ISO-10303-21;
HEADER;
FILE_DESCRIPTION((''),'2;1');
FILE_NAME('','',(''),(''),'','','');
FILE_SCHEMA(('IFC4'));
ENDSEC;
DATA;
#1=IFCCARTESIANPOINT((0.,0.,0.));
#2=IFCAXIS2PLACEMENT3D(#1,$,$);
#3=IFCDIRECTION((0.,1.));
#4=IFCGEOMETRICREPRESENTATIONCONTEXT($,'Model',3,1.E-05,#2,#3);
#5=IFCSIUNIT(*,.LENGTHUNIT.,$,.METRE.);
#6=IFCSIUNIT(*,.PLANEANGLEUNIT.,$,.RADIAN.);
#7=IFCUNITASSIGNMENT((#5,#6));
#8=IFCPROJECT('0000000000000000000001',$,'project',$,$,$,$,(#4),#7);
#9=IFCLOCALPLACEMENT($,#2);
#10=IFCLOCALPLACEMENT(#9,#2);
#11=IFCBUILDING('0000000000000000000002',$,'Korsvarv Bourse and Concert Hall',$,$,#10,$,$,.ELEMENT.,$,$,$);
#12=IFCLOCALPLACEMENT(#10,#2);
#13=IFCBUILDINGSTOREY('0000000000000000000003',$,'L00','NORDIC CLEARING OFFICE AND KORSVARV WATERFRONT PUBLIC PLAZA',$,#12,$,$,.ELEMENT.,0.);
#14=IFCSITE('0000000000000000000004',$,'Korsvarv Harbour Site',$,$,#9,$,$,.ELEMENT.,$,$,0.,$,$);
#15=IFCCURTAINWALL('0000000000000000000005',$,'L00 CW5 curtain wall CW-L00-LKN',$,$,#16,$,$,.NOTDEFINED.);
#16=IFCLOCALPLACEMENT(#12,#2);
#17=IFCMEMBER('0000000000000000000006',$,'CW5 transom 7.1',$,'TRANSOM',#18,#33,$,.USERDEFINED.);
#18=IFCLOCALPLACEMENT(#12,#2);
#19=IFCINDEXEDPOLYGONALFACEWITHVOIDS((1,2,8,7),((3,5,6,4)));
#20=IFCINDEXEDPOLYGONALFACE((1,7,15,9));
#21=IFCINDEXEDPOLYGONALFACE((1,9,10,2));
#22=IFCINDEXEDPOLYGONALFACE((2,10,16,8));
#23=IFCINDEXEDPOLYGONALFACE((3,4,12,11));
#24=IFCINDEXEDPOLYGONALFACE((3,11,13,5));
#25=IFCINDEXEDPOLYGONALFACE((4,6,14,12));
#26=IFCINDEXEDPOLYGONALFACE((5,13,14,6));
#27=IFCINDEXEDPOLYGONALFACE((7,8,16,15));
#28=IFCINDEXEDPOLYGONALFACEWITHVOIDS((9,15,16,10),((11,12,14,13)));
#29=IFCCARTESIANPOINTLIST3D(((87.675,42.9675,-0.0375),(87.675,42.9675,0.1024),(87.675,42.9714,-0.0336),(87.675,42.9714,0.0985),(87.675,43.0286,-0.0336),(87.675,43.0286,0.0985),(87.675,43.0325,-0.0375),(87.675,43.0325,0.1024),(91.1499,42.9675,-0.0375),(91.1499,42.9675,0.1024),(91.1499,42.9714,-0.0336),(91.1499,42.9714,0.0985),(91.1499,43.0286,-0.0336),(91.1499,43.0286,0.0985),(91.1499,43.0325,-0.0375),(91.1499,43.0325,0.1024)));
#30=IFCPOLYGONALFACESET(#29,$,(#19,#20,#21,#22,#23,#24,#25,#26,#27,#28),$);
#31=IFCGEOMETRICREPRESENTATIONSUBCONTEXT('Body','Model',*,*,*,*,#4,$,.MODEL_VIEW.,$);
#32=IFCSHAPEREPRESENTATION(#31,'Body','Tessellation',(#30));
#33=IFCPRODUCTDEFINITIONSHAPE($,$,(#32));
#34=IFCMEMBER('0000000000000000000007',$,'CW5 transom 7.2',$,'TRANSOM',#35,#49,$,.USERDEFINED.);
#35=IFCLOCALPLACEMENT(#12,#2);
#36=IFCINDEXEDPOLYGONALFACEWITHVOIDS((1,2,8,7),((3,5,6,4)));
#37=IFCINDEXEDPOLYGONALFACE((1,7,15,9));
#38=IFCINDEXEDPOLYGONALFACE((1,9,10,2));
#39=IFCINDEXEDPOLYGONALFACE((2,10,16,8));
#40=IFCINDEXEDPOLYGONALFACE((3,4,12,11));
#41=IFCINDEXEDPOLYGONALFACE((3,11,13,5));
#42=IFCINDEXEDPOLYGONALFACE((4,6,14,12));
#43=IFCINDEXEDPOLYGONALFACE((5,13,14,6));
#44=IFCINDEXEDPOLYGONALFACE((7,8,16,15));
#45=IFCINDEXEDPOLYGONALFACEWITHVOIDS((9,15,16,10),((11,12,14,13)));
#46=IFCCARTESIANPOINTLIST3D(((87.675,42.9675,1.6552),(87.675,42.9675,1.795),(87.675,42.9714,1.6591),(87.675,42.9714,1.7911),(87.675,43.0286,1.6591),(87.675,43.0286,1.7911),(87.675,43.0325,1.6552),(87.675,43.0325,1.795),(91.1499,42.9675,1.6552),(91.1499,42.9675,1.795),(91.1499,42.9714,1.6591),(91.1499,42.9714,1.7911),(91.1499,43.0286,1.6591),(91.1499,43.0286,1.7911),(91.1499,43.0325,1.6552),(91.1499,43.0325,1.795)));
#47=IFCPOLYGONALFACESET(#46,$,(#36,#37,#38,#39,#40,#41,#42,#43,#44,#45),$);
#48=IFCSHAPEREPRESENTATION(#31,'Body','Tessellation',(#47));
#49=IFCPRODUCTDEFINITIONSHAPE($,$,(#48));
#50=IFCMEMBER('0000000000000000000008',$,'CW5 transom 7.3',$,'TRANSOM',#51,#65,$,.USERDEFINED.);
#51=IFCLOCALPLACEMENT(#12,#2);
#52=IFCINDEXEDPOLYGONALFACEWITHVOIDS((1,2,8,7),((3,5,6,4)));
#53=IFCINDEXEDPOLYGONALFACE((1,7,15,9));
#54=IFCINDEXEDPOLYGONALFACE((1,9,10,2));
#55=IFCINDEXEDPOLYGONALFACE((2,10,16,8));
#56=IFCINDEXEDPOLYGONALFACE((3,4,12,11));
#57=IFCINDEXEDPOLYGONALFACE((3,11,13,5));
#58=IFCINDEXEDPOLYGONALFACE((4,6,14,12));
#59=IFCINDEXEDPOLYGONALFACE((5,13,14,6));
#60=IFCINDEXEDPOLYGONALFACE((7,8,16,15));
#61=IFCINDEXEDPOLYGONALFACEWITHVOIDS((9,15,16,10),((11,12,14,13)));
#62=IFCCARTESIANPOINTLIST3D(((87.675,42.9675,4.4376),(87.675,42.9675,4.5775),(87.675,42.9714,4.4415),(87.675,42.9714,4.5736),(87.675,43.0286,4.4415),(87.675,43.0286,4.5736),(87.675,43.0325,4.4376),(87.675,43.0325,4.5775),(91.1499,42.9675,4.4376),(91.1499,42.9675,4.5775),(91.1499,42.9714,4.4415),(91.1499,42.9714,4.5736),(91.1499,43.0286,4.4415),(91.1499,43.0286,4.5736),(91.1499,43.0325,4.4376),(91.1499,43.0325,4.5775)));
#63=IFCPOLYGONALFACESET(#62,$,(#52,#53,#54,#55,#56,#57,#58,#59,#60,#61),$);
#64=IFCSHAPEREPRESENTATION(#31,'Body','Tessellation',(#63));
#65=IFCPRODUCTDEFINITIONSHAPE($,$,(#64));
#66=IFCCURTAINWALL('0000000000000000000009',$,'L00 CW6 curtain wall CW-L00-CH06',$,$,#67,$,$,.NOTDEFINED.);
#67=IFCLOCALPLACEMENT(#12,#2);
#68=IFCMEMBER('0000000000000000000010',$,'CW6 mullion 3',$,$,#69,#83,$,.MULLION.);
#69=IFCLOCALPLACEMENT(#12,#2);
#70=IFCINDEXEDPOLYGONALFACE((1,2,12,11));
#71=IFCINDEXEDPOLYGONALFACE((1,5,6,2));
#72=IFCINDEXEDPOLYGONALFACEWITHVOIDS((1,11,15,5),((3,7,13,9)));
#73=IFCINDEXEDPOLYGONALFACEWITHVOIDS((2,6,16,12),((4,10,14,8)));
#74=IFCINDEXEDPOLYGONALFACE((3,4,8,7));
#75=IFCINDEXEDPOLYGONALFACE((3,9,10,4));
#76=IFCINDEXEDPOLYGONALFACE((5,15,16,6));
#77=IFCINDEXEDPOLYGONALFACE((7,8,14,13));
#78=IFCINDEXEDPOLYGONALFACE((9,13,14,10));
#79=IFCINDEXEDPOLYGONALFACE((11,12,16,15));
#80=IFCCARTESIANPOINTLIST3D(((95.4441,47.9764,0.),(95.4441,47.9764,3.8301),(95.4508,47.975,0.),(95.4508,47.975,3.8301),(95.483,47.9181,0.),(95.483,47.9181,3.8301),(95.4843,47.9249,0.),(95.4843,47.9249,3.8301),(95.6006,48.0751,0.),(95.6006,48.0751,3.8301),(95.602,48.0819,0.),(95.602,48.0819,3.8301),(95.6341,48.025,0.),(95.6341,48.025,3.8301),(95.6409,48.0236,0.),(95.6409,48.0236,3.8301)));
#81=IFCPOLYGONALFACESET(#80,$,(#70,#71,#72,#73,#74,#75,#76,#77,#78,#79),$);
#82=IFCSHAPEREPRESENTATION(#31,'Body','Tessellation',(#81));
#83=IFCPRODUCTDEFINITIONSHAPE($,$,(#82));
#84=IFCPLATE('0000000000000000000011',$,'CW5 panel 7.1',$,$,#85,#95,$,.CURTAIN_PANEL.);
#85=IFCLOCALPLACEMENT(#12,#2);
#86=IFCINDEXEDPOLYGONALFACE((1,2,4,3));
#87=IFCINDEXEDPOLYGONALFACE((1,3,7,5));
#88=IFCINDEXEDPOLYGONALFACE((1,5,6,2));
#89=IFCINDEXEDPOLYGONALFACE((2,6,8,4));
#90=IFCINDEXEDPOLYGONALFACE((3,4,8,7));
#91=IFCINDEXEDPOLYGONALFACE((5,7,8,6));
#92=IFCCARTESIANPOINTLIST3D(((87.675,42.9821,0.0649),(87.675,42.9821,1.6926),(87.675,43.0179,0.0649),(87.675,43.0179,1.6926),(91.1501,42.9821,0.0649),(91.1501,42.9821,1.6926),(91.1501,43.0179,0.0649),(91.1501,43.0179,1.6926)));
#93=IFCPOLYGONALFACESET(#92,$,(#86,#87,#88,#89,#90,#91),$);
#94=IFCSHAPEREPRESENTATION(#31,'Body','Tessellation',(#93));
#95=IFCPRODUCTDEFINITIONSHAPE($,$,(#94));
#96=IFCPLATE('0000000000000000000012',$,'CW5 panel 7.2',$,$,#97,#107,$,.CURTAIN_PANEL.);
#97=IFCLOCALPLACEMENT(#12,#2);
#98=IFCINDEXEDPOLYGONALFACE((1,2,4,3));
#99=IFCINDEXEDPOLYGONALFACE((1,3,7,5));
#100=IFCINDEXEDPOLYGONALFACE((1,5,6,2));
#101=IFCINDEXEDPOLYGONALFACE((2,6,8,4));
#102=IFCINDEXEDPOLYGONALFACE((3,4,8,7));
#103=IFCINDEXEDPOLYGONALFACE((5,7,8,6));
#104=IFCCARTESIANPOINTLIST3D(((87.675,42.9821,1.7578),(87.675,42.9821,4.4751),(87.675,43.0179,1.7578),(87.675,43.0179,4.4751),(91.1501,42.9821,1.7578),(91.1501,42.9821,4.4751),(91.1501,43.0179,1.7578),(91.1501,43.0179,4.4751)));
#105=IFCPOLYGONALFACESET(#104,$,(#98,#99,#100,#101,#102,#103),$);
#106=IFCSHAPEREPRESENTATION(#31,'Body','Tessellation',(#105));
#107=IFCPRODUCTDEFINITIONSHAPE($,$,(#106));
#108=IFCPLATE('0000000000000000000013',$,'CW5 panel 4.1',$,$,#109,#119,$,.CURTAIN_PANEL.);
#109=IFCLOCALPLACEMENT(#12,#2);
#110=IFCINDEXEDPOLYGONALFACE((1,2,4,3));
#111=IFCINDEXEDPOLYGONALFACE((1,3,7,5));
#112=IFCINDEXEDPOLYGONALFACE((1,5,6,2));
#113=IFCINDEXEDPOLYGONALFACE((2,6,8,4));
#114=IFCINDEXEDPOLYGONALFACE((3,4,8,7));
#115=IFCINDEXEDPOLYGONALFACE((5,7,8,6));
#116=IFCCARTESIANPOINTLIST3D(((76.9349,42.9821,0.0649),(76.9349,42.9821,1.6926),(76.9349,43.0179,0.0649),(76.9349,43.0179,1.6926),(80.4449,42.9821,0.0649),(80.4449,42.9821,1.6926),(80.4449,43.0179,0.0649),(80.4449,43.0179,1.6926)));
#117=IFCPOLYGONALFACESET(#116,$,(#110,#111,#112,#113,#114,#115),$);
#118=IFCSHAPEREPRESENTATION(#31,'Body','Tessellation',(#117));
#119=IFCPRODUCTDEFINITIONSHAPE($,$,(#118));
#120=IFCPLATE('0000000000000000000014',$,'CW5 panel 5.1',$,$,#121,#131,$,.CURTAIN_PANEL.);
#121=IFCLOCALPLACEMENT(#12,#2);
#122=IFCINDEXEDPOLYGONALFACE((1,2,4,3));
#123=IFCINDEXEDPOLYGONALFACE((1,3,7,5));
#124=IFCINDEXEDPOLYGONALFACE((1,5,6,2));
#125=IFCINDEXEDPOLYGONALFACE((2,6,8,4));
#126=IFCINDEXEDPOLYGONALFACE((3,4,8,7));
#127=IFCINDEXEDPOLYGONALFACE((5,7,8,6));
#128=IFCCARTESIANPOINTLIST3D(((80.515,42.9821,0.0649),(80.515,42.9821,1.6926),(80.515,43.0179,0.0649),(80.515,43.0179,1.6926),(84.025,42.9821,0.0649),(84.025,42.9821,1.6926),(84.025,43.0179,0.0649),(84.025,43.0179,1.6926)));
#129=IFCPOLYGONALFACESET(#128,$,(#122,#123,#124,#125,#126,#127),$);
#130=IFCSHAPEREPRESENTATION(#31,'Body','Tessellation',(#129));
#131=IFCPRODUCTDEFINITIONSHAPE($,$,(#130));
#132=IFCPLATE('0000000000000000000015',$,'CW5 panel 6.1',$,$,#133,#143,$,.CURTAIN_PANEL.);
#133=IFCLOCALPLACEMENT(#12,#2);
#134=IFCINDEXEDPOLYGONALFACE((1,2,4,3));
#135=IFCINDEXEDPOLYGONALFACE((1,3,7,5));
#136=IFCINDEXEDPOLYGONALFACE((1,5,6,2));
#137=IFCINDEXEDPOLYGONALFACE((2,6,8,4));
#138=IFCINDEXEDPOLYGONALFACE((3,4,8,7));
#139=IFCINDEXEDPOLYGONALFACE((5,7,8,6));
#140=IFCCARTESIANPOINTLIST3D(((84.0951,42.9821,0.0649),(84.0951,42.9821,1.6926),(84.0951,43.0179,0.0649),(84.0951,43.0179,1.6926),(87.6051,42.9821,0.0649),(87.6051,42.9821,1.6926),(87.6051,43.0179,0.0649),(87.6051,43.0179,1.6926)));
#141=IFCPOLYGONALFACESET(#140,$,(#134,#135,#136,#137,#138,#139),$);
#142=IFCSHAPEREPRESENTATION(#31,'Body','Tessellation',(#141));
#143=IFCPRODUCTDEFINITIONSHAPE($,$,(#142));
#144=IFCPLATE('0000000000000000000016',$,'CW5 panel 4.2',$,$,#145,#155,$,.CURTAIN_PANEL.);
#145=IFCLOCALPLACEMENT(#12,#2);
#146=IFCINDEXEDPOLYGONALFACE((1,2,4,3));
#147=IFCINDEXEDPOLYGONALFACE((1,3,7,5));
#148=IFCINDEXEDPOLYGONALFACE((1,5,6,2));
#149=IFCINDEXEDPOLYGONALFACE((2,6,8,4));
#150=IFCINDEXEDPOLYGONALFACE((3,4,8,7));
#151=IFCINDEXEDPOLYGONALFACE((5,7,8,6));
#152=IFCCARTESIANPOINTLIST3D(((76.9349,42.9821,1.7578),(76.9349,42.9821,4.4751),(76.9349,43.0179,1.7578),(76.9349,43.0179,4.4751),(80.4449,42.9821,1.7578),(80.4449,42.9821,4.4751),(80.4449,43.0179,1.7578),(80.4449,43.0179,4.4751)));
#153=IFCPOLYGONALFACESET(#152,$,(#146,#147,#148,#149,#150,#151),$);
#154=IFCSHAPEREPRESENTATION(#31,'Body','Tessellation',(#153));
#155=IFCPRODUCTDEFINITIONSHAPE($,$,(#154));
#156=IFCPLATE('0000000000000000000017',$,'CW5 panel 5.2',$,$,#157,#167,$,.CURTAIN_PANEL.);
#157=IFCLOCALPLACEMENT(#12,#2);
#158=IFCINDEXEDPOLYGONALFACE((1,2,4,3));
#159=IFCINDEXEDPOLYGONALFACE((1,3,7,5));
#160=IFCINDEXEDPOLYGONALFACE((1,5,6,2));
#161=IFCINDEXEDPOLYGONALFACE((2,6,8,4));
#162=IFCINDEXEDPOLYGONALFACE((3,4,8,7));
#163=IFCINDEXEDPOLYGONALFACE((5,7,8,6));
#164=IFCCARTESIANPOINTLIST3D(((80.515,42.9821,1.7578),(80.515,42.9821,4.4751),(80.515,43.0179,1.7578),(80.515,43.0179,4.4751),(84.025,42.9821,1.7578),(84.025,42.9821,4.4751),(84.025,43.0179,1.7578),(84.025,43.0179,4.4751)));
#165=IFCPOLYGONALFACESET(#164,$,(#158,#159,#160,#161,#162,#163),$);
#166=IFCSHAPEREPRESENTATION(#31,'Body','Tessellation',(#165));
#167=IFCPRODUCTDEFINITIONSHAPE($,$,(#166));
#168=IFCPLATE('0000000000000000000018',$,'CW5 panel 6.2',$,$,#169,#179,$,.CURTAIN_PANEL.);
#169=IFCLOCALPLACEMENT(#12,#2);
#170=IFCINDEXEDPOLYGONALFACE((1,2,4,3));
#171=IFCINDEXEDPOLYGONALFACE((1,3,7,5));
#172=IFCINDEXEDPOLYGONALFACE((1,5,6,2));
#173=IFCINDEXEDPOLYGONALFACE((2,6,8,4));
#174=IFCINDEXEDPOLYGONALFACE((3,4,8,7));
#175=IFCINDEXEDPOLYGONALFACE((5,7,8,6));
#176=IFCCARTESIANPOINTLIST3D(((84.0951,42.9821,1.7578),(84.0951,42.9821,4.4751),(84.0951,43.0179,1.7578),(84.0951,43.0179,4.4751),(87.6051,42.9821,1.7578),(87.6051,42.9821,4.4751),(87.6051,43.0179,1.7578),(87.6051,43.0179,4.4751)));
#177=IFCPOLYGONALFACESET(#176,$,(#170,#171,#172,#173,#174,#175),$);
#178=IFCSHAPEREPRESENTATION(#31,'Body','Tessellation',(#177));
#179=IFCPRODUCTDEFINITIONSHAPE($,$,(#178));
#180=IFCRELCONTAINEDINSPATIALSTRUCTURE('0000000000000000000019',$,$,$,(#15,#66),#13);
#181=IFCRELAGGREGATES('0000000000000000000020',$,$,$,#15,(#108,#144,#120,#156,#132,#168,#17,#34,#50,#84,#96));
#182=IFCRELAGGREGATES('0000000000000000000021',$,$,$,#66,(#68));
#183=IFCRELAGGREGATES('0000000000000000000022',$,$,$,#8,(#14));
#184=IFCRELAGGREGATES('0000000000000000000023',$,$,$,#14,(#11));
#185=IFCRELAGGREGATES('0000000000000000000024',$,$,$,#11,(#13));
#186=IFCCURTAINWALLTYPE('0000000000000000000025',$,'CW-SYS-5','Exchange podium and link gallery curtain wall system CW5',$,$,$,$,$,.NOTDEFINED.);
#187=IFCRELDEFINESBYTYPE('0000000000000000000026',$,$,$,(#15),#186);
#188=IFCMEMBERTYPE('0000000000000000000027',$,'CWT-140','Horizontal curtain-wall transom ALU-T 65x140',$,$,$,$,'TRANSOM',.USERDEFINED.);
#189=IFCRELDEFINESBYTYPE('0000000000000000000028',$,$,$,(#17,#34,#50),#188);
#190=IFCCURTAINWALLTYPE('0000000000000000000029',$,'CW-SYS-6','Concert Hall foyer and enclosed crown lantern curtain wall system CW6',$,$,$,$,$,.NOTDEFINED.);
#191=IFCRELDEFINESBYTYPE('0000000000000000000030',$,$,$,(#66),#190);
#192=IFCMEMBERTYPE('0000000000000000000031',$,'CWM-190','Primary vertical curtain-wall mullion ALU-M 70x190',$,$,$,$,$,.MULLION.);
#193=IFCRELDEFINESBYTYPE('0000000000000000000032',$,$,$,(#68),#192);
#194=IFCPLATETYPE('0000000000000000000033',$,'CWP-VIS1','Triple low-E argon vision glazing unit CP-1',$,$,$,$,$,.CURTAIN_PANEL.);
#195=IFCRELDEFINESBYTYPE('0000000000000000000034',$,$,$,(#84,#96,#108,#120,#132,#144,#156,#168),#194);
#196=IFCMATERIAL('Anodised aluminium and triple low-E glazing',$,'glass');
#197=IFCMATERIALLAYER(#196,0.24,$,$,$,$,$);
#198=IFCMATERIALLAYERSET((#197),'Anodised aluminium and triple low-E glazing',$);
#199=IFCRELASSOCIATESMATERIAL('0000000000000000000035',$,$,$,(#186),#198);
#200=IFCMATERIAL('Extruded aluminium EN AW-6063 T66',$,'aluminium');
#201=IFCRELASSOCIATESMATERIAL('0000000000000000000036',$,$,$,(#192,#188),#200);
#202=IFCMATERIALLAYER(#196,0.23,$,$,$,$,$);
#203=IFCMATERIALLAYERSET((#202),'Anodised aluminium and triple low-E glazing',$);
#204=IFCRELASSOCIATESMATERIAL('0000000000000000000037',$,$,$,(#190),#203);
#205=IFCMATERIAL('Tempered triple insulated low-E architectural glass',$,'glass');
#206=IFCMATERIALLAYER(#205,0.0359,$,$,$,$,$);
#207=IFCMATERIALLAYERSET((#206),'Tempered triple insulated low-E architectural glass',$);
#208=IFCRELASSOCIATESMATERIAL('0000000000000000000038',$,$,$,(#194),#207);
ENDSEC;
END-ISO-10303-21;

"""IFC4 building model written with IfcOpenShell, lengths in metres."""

from ifc_helpers import new_model, si_unit, direction, frame, origin, origin_2d, place, context, subcontext, project, spatial, rectangle, hollow_rectangle, extrude, source, transform, mapped, material, layer, layer_set, material_profile, profile_set, type_object, element, aggregate, save


model = new_model("IFC4")

# Units and contexts
model_context = context("Model", 3, precision=1e-05, world=origin(), true_north=direction((0.0, 1.0)))
body_context = subcontext(model_context, "Body", "Model", "MODEL_VIEW")
ifc_project = project(units=[si_unit("LENGTHUNIT", "METRE"), si_unit("PLANEANGLEUNIT", "RADIAN")], contexts=[model_context])

# Site, building, storey
site_placement = place(None, origin())
site = spatial("IfcSite", under=ifc_project, at=site_placement, Name="Korsvarv Harbour Site", CompositionType="ELEMENT", RefElevation=0.0)
building_placement = place(site_placement, origin())
building = spatial("IfcBuilding", under=site, at=building_placement, Name="Korsvarv Bourse and Concert Hall", CompositionType="ELEMENT")
storey_placement = place(building_placement, origin())
storey = spatial("IfcBuildingStorey", under=building, at=storey_placement, Name="L00", Description="NORDIC CLEARING OFFICE AND KORSVARV WATERFRONT PUBLIC PLAZA", CompositionType="ELEMENT", Elevation=0.0)

# Curtain wall, members
ifc_material_1 = material(Name="Anodised aluminium and triple low-E glazing", Category="glass")
ifc_layer_1 = layer(ifc_material_1, 0.24)
ifc_layer_set_1 = layer_set([ifc_layer_1], Name="Anodised aluminium and triple low-E glazing")
curtain_wall_type_1 = type_object("IfcCurtainWallType", Name="CW-SYS-5", Description="Exchange podium and link gallery curtain wall system CW5", PredefinedType="NOTDEFINED", material=ifc_layer_set_1)
curtain_wall_1_placement = place(storey_placement, origin())
curtain_wall_1 = element("IfcCurtainWall", 1, at=curtain_wall_1_placement, inside=storey, type_object=curtain_wall_type_1, Name="L00 CW5 curtain wall CW-L00-LKN", PredefinedType="NOTDEFINED")
ifc_material_2 = material(Name="Extruded aluminium EN AW-6063 T66", Category="aluminium")
ifc_material_profile_1 = material_profile(ifc_material_2, hollow_rectangle(XDim=0.0701, YDim=0.1899, WallThickness=0.0049, at=origin_2d()), Name="ALU-M 70x190")
ifc_profile_set_1 = profile_set([ifc_material_profile_1], Name="Extruded aluminium EN AW-6063 T66")
member_type_1 = type_object("IfcMemberType", Name="CWM-190", Description="Primary vertical curtain-wall mullion ALU-M 70x190", PredefinedType="MULLION", material=ifc_profile_set_1)
ifc_material_profile_2 = material_profile(ifc_material_2, hollow_rectangle(XDim=0.0649, YDim=0.1399, WallThickness=0.0039, at=origin_2d()), Name="ALU-T 65x140")
ifc_profile_set_2 = profile_set([ifc_material_profile_2], Name="Extruded aluminium EN AW-6063 T66")
member_type_2 = type_object("IfcMemberType", Name="CWT-140", Description="Horizontal curtain-wall transom ALU-T 65x140", ElementType="TRANSOM", PredefinedType="USERDEFINED", material=ifc_profile_set_2)
shared_shape_1 = source(origin(), body_context, "Body", "SweptSolid", [
    extrude(hollow_rectangle(XDim=0.0649, YDim=0.1399, WallThickness=0.0039, at=origin_2d()), origin(), (0.0, 0.0, 1.0), 3.4749),
])
member_1_placement = place(storey_placement, frame((87.675, 43.0, 0.0325), z_axis=(1.0, 0.0, 0.0), x_axis=(0.0, 1.0, 0.0)))
member_1 = element("IfcMember", 2, at=member_1_placement, type_object=member_type_2, Name="CW5 transom 7.1", ObjectType="TRANSOM", PredefinedType="USERDEFINED", context=body_context, shape_type="MappedRepresentation", body=[
    mapped(shared_shape_1, transform((0.0, 0.0, 0.0), scale=1.0)),
])
member_2_placement = place(storey_placement, frame((87.675, 43.0, 1.7251), z_axis=(1.0, 0.0, 0.0), x_axis=(0.0, 1.0, 0.0)))
member_2 = element("IfcMember", 3, at=member_2_placement, type_object=member_type_2, Name="CW5 transom 7.2", ObjectType="TRANSOM", PredefinedType="USERDEFINED", context=body_context, shape_type="MappedRepresentation", body=[
    mapped(shared_shape_1, transform((0.0, 0.0, 0.0), scale=1.0)),
])
member_3_placement = place(storey_placement, frame((87.675, 43.0, 4.5076), z_axis=(1.0, 0.0, 0.0), x_axis=(0.0, 1.0, 0.0)))
member_3 = element("IfcMember", 4, at=member_3_placement, type_object=member_type_2, Name="CW5 transom 7.3", ObjectType="TRANSOM", PredefinedType="USERDEFINED", context=body_context, shape_type="MappedRepresentation", body=[
    mapped(shared_shape_1, transform((0.0, 0.0, 0.0), scale=1.0)),
])

# Curtain wall, member
ifc_layer_2 = layer(ifc_material_1, 0.23)
ifc_layer_set_2 = layer_set([ifc_layer_2], Name="Anodised aluminium and triple low-E glazing")
curtain_wall_type_2 = type_object("IfcCurtainWallType", Name="CW-SYS-6", Description="Concert Hall foyer and enclosed crown lantern curtain wall system CW6", PredefinedType="NOTDEFINED", material=ifc_layer_set_2)
curtain_wall_2_placement = place(storey_placement, origin())
curtain_wall_2 = element("IfcCurtainWall", 5, at=curtain_wall_2_placement, inside=storey, type_object=curtain_wall_type_2, Name="L00 CW6 curtain wall CW-L00-CH06", PredefinedType="NOTDEFINED")
shared_shape_2 = source(origin(), body_context, "Body", "SweptSolid", [
    extrude(hollow_rectangle(XDim=0.0701, YDim=0.1899, WallThickness=0.0049, at=origin_2d()), origin(), (0.0, 0.0, 1.0), 3.8301),
])
member_4_placement = place(storey_placement, frame((95.5425, 48.0, 0.0), z_axis=(0.0, 0.0, 1.0), x_axis=(0.555571, -0.831469, 0.0)))
member_4 = element("IfcMember", 6, at=member_4_placement, type_object=member_type_1, Name="CW6 mullion 3", PredefinedType="MULLION", context=body_context, shape_type="MappedRepresentation", body=[
    mapped(shared_shape_2, transform((0.0, 0.0, 0.0), scale=1.0)),
])

# Plates
ifc_material_3 = material(Name="Tempered triple insulated low-E architectural glass", Category="glass")
ifc_layer_3 = layer(ifc_material_3, 0.0359)
ifc_layer_set_3 = layer_set([ifc_layer_3], Name="Tempered triple insulated low-E architectural glass")
plate_type_1 = type_object("IfcPlateType", Name="CWP-VIS1", Description="Triple low-E argon vision glazing unit CP-1", PredefinedType="CURTAIN_PANEL", material=ifc_layer_set_3)
shared_shape_3 = source(origin(), body_context, "Body", "SweptSolid", [
    extrude(rectangle(XDim=3.4751, YDim=0.0359, at=origin_2d()), origin(), (0.0, 0.0, 1.0), 1.6277),
])
plate_1_placement = place(storey_placement, frame((89.4126, 43.0, 0.0649), z_axis=(0.0, 0.0, 1.0), x_axis=(1.0, 0.0, 0.0)))
plate_1 = element("IfcPlate", 7, at=plate_1_placement, type_object=plate_type_1, Name="CW5 panel 7.1", PredefinedType="CURTAIN_PANEL", context=body_context, shape_type="MappedRepresentation", body=[
    mapped(shared_shape_3, transform((0.0, 0.0, 0.0), scale=1.0)),
])
shared_shape_4 = source(origin(), body_context, "Body", "SweptSolid", [
    extrude(rectangle(XDim=3.4751, YDim=0.0359, at=origin_2d()), origin(), (0.0, 0.0, 1.0), 2.7173),
])
plate_2_placement = place(storey_placement, frame((89.4126, 43.0, 1.7578), z_axis=(0.0, 0.0, 1.0), x_axis=(1.0, 0.0, 0.0)))
plate_2 = element("IfcPlate", 8, at=plate_2_placement, type_object=plate_type_1, Name="CW5 panel 7.2", PredefinedType="CURTAIN_PANEL", context=body_context, shape_type="MappedRepresentation", body=[
    mapped(shared_shape_4, transform((0.0, 0.0, 0.0), scale=1.0)),
])
shared_shape_5 = source(origin(), body_context, "Body", "SweptSolid", [
    extrude(rectangle(XDim=3.51, YDim=0.0359, at=origin_2d()), origin(), (0.0, 0.0, 1.0), 1.6277),
])
plate_3_placement = place(storey_placement, frame((78.6899, 43.0, 0.0649), z_axis=(0.0, 0.0, 1.0), x_axis=(1.0, 0.0, 0.0)))
plate_3 = element("IfcPlate", 9, at=plate_3_placement, type_object=plate_type_1, Name="CW5 panel 4.1", PredefinedType="CURTAIN_PANEL", context=body_context, shape_type="MappedRepresentation", body=[
    mapped(shared_shape_5, transform((0.0, 0.0, 0.0), scale=1.0)),
])
plate_4_placement = place(storey_placement, frame((82.27, 43.0, 0.0649), z_axis=(0.0, 0.0, 1.0), x_axis=(1.0, 0.0, 0.0)))
plate_4 = element("IfcPlate", 10, at=plate_4_placement, type_object=plate_type_1, Name="CW5 panel 5.1", PredefinedType="CURTAIN_PANEL", context=body_context, shape_type="MappedRepresentation", body=[
    mapped(shared_shape_5, transform((0.0, 0.0, 0.0), scale=1.0)),
])
plate_5_placement = place(storey_placement, frame((85.8501, 43.0, 0.0649), z_axis=(0.0, 0.0, 1.0), x_axis=(1.0, 0.0, 0.0)))
plate_5 = element("IfcPlate", 11, at=plate_5_placement, type_object=plate_type_1, Name="CW5 panel 6.1", PredefinedType="CURTAIN_PANEL", context=body_context, shape_type="MappedRepresentation", body=[
    mapped(shared_shape_5, transform((0.0, 0.0, 0.0), scale=1.0)),
])
shared_shape_6 = source(origin(), body_context, "Body", "SweptSolid", [
    extrude(rectangle(XDim=3.51, YDim=0.0359, at=origin_2d()), origin(), (0.0, 0.0, 1.0), 2.7173),
])
plate_6_placement = place(storey_placement, frame((78.6899, 43.0, 1.7578), z_axis=(0.0, 0.0, 1.0), x_axis=(1.0, 0.0, 0.0)))
plate_6 = element("IfcPlate", 12, at=plate_6_placement, type_object=plate_type_1, Name="CW5 panel 4.2", PredefinedType="CURTAIN_PANEL", context=body_context, shape_type="MappedRepresentation", body=[
    mapped(shared_shape_6, transform((0.0, 0.0, 0.0), scale=1.0)),
])
plate_7_placement = place(storey_placement, frame((82.27, 43.0, 1.7578), z_axis=(0.0, 0.0, 1.0), x_axis=(1.0, 0.0, 0.0)))
plate_7 = element("IfcPlate", 13, at=plate_7_placement, type_object=plate_type_1, Name="CW5 panel 5.2", PredefinedType="CURTAIN_PANEL", context=body_context, shape_type="MappedRepresentation", body=[
    mapped(shared_shape_6, transform((0.0, 0.0, 0.0), scale=1.0)),
])
plate_8_placement = place(storey_placement, frame((85.8501, 43.0, 1.7578), z_axis=(0.0, 0.0, 1.0), x_axis=(1.0, 0.0, 0.0)))
plate_8 = element("IfcPlate", 14, at=plate_8_placement, type_object=plate_type_1, Name="CW5 panel 6.2", PredefinedType="CURTAIN_PANEL", context=body_context, shape_type="MappedRepresentation", body=[
    mapped(shared_shape_6, transform((0.0, 0.0, 0.0), scale=1.0)),
])
aggregate(curtain_wall_1, [plate_3, plate_6, plate_4, plate_7, plate_5, plate_8, member_1, member_2, member_3, plate_1, plate_2])
aggregate(curtain_wall_2, [member_4])

save(model, "model.ifc")
